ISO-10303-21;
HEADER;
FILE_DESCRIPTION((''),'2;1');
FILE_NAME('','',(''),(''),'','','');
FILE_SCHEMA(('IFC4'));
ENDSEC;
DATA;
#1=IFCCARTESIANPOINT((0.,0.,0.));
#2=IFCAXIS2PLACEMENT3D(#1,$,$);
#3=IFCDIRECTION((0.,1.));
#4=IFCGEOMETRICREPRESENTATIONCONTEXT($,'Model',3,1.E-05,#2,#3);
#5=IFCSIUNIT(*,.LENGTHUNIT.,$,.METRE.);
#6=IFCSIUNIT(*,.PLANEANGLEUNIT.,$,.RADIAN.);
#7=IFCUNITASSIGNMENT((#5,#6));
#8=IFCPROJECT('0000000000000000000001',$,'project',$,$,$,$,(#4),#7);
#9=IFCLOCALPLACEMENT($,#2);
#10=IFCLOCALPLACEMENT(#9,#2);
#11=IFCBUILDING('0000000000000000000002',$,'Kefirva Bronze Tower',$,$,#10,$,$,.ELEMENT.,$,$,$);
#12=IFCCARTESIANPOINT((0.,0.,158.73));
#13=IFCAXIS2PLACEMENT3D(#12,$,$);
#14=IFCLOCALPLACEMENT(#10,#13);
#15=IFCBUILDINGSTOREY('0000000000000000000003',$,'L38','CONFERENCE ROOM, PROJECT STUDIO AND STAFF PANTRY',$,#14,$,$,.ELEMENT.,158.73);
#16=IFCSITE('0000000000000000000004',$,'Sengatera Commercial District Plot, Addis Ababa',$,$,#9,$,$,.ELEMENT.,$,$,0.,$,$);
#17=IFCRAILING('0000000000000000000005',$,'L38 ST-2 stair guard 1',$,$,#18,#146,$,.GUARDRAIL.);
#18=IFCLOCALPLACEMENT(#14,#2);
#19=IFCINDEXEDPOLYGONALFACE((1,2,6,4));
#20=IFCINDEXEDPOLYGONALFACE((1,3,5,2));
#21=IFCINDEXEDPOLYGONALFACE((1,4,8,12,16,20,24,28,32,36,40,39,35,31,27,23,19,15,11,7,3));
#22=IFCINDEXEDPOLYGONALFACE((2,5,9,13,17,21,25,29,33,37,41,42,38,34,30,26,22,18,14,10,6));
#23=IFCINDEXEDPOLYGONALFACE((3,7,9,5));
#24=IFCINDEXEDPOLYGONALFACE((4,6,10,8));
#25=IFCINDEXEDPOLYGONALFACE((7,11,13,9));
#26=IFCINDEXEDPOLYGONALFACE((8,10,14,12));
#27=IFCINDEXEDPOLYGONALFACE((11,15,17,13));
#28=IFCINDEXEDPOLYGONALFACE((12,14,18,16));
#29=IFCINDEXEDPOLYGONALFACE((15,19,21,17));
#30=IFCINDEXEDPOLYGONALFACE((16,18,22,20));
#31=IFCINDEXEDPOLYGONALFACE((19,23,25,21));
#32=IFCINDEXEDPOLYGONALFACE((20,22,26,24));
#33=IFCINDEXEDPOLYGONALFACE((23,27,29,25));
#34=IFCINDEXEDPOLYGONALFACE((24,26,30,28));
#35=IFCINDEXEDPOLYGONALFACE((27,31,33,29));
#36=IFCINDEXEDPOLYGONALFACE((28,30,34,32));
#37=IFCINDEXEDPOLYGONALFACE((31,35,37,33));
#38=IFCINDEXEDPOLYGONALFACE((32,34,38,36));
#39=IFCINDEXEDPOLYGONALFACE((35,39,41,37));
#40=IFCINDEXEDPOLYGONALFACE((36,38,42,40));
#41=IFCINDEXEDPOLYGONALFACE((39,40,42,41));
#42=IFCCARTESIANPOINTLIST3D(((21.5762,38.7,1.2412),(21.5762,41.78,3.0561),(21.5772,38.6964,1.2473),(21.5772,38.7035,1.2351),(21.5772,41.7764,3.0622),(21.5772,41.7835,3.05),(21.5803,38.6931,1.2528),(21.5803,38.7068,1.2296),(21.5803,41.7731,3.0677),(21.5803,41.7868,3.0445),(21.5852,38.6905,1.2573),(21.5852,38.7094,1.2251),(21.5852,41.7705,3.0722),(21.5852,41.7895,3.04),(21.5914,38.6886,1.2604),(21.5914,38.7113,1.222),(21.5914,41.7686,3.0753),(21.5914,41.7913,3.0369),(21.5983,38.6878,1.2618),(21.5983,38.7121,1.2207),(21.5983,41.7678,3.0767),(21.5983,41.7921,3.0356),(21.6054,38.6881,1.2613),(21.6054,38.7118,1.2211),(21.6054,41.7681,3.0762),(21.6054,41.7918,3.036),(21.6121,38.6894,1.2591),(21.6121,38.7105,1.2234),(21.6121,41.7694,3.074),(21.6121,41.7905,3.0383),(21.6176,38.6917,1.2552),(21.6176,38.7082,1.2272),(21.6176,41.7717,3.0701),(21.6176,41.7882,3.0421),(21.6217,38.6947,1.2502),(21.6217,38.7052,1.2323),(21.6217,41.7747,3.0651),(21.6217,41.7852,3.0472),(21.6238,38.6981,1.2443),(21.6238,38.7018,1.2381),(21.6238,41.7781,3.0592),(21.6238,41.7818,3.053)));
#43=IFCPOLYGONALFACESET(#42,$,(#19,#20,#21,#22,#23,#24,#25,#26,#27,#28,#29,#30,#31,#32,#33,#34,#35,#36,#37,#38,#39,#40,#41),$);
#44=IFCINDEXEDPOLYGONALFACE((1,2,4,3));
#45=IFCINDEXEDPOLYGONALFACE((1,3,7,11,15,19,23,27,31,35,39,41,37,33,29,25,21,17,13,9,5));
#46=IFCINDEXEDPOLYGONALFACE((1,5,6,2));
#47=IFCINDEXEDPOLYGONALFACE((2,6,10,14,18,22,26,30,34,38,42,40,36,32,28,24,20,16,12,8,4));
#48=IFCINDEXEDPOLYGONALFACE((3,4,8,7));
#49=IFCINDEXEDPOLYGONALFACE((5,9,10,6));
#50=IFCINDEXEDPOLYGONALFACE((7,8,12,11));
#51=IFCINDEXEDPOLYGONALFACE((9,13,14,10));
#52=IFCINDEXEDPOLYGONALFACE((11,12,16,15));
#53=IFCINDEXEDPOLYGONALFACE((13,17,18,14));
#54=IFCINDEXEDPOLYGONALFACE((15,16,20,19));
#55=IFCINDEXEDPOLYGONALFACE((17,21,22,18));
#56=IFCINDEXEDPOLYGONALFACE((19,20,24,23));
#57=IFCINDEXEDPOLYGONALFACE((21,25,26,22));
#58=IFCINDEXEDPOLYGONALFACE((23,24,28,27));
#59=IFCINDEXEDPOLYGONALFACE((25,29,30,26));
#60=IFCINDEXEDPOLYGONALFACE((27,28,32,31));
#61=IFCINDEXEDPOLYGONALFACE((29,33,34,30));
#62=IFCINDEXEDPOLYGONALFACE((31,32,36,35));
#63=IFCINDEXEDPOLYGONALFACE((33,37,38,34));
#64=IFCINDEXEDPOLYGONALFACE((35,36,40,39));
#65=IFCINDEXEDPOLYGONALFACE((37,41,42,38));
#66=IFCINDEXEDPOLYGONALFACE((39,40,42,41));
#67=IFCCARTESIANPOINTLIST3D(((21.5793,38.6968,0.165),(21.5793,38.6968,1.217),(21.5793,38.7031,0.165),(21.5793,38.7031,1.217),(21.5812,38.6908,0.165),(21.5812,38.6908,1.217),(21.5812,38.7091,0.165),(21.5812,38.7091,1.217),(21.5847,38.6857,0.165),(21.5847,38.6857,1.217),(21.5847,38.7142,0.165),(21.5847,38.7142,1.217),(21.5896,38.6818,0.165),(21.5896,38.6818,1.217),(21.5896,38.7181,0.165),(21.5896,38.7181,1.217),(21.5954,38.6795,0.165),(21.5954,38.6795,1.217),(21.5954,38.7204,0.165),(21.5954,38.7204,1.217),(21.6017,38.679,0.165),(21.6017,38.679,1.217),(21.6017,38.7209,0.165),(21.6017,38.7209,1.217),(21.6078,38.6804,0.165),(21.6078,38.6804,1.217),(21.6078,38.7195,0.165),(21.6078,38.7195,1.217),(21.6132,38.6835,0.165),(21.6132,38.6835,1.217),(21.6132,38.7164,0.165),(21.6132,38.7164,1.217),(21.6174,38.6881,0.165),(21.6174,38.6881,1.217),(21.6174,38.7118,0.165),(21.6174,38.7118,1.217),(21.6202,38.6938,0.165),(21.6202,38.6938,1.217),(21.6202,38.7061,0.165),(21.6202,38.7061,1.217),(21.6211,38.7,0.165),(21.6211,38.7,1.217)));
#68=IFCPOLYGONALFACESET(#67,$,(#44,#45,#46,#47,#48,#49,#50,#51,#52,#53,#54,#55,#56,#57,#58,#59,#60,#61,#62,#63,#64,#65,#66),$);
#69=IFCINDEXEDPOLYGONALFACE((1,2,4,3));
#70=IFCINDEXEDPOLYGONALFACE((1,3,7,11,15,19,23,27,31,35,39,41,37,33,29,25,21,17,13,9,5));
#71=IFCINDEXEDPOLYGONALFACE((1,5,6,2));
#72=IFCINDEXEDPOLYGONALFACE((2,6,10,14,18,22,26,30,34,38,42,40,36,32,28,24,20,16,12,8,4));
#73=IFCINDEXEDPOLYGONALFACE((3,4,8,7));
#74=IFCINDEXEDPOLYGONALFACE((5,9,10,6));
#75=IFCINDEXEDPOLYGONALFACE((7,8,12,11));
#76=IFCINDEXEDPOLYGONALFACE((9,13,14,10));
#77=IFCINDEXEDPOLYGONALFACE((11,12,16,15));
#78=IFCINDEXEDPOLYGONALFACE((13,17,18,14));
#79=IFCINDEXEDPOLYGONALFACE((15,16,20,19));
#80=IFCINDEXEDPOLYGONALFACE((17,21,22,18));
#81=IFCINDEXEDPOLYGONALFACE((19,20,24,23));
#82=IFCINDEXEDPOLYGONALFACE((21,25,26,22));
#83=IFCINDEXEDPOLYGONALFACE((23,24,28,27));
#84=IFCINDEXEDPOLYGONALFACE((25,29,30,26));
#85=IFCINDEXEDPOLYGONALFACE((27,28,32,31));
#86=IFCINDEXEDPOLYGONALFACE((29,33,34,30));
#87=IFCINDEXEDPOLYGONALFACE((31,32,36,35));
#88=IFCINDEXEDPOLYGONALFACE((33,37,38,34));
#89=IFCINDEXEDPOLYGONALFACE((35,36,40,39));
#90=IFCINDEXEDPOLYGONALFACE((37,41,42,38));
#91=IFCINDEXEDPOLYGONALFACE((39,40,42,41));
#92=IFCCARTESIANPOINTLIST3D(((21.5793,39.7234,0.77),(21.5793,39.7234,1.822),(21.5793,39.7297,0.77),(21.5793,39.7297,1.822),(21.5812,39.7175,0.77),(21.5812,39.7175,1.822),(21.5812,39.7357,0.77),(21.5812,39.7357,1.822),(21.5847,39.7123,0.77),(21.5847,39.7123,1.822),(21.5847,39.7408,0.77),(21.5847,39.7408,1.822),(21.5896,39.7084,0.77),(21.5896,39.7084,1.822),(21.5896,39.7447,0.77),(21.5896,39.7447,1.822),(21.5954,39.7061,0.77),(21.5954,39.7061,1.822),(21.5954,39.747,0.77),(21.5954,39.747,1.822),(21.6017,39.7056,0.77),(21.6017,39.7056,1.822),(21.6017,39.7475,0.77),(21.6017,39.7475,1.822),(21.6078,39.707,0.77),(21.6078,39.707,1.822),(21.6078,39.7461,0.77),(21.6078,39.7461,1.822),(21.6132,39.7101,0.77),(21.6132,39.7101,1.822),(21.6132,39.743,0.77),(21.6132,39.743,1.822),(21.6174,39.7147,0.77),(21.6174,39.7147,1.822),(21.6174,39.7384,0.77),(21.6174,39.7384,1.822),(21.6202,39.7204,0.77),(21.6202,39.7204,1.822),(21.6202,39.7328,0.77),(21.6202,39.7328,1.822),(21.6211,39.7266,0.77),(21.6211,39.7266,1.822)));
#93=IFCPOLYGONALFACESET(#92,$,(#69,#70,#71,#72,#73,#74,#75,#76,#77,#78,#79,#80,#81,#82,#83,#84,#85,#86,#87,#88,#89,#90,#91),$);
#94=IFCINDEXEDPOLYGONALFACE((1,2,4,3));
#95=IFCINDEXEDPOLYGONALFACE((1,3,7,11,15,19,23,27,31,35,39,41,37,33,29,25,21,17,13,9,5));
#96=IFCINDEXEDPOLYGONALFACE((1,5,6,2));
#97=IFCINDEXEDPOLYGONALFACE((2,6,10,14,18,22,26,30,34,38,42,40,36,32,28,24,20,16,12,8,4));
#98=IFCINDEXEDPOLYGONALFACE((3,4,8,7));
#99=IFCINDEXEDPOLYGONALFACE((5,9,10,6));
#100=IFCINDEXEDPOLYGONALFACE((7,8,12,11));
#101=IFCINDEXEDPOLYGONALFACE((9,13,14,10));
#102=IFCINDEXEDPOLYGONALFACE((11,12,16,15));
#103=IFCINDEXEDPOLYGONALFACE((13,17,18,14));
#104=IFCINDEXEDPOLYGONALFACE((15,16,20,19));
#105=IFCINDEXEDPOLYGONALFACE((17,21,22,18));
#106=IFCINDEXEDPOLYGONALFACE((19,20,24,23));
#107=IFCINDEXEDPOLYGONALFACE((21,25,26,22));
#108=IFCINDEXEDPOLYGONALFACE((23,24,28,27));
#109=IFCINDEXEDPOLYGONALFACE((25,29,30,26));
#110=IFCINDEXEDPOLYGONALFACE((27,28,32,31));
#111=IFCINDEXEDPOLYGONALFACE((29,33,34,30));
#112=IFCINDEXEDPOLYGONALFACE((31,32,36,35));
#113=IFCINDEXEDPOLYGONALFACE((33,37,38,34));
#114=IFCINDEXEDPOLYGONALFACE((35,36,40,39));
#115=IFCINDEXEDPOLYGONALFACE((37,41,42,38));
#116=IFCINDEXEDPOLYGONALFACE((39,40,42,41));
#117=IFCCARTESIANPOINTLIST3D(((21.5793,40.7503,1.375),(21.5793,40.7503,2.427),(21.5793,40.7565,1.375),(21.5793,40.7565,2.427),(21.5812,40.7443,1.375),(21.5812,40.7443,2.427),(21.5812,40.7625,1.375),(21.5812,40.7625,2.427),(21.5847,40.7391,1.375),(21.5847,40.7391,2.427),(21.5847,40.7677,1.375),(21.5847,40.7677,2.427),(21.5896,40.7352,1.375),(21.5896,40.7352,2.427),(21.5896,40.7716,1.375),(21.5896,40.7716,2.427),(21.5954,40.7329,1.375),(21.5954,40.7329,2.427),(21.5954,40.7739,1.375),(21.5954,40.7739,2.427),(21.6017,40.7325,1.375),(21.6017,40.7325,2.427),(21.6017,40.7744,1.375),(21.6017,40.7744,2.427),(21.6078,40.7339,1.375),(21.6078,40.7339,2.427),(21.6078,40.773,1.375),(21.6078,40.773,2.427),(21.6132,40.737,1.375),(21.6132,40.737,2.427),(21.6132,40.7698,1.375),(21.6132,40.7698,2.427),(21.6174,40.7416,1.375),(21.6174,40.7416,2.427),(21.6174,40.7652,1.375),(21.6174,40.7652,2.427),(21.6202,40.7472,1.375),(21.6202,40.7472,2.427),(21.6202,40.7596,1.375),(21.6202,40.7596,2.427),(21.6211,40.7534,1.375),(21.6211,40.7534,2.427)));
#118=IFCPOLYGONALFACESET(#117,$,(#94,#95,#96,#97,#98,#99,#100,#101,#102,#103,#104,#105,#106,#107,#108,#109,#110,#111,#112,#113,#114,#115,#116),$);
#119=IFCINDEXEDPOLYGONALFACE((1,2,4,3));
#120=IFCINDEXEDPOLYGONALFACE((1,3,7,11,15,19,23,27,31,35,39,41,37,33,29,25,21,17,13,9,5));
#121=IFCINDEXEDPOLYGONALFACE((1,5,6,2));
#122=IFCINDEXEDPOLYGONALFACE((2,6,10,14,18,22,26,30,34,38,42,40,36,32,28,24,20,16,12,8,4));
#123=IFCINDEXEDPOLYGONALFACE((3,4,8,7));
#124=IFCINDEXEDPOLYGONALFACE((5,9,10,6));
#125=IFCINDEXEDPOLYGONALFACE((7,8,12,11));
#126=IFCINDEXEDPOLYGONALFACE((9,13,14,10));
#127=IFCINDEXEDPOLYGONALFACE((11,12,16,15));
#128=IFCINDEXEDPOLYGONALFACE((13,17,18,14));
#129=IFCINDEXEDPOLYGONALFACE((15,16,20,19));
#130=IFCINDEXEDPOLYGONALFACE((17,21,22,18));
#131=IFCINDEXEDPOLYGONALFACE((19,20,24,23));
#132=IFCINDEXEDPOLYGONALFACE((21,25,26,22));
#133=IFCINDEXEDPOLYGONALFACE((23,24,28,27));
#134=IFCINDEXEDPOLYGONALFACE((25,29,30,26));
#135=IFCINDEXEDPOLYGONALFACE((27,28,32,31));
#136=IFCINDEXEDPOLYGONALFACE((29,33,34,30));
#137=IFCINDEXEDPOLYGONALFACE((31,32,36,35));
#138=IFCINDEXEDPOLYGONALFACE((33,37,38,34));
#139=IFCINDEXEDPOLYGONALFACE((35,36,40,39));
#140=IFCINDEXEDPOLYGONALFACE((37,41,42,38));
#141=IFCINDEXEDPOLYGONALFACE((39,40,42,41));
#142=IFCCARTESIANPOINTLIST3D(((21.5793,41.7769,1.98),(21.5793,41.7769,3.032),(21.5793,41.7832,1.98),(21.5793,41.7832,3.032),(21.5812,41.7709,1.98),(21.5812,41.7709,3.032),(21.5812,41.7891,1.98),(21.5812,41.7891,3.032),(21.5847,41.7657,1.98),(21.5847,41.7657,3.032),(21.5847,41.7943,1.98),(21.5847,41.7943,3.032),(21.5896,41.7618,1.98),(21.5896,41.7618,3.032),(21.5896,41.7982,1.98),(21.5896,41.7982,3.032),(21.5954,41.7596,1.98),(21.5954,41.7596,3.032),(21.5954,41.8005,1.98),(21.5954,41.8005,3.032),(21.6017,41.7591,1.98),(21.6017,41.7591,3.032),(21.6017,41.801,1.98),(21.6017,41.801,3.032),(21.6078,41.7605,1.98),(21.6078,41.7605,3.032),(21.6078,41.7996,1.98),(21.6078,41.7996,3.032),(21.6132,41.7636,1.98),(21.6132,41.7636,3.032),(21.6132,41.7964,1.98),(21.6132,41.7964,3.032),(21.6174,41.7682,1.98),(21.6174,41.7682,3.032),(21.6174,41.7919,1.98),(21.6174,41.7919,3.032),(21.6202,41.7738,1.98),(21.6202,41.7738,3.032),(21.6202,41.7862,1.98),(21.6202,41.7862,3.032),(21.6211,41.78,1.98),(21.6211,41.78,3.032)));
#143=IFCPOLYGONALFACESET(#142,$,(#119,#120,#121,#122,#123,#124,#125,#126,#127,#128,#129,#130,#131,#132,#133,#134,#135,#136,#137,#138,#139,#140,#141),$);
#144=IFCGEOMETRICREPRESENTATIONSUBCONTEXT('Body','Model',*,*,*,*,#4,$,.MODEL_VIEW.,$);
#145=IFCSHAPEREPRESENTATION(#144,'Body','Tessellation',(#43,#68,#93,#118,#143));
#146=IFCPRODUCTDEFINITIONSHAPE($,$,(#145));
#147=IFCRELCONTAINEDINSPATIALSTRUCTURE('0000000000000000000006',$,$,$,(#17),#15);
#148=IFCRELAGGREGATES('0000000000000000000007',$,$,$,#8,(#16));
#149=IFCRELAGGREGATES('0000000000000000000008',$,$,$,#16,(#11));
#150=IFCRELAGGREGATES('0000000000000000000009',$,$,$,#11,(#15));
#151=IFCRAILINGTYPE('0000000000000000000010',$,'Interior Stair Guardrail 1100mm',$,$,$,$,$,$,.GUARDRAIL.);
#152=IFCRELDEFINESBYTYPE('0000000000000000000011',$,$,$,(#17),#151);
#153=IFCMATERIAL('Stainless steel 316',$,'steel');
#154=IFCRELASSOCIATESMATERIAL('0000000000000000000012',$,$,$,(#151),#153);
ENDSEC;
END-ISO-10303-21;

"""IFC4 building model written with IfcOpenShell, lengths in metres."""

from ifc_helpers import new_model, si_unit, direction, frame, origin, origin_2d, place, context, subcontext, project, spatial, circle, extrude, material, type_object, element, save


model = new_model("IFC4")

# Units and contexts
model_context = context("Model", 3, precision=1e-05, world=origin(), true_north=direction((0.0, 1.0)))
body_context = subcontext(model_context, "Body", "Model", "MODEL_VIEW")
ifc_project = project(units=[si_unit("LENGTHUNIT", "METRE"), si_unit("PLANEANGLEUNIT", "RADIAN")], contexts=[model_context])

# Site, building, storey
site_placement = place(None, origin())
site = spatial("IfcSite", under=ifc_project, at=site_placement, Name="Sengatera Commercial District Plot, Addis Ababa", CompositionType="ELEMENT", RefElevation=0.0)
building_placement = place(site_placement, origin())
building = spatial("IfcBuilding", under=site, at=building_placement, Name="Kefirva Bronze Tower", CompositionType="ELEMENT")
storey_placement = place(building_placement, frame((0.0, 0.0, 158.73)))
storey = spatial("IfcBuildingStorey", under=building, at=storey_placement, Name="L38", Description="CONFERENCE ROOM, PROJECT STUDIO AND STAFF PANTRY", CompositionType="ELEMENT", Elevation=158.73)

# Railing
ifc_material_1 = material(Name="Stainless steel 316", Category="steel")
railing_type_1 = type_object("IfcRailingType", Name="Interior Stair Guardrail 1100mm", PredefinedType="GUARDRAIL", material=ifc_material_1)
railing_1_placement = place(storey_placement, frame((21.6001, 38.7, 0.165)))
element("IfcRailing", 1, at=railing_1_placement, inside=storey, type_object=railing_type_1, Name="L38 ST-2 stair guard 1", PredefinedType="GUARDRAIL", context=body_context, shape_type="SweptSolid", body=[
    extrude(circle(Radius=0.0239, at=origin_2d()), frame((0.0, 0.0, 1.0762), z_axis=(0.0, 0.861551, 0.507671), x_axis=(-1.0, 0.0, 0.0)), (0.0, 0.0, 1.0), 3.575),
    extrude(circle(Radius=0.021, at=origin_2d()), origin(), (0.0, 0.0, 1.0), 1.052),
    extrude(circle(Radius=0.021, at=origin_2d()), frame((0.0, 1.0266, 0.605)), (0.0, 0.0, 1.0), 1.052),
    extrude(circle(Radius=0.021, at=origin_2d()), frame((0.0, 2.0535, 1.21)), (0.0, 0.0, 1.0), 1.052),
    extrude(circle(Radius=0.021, at=origin_2d()), frame((0.0, 3.0801, 1.8149)), (0.0, 0.0, 1.0), 1.052),
])

save(model, "model.ifc")
